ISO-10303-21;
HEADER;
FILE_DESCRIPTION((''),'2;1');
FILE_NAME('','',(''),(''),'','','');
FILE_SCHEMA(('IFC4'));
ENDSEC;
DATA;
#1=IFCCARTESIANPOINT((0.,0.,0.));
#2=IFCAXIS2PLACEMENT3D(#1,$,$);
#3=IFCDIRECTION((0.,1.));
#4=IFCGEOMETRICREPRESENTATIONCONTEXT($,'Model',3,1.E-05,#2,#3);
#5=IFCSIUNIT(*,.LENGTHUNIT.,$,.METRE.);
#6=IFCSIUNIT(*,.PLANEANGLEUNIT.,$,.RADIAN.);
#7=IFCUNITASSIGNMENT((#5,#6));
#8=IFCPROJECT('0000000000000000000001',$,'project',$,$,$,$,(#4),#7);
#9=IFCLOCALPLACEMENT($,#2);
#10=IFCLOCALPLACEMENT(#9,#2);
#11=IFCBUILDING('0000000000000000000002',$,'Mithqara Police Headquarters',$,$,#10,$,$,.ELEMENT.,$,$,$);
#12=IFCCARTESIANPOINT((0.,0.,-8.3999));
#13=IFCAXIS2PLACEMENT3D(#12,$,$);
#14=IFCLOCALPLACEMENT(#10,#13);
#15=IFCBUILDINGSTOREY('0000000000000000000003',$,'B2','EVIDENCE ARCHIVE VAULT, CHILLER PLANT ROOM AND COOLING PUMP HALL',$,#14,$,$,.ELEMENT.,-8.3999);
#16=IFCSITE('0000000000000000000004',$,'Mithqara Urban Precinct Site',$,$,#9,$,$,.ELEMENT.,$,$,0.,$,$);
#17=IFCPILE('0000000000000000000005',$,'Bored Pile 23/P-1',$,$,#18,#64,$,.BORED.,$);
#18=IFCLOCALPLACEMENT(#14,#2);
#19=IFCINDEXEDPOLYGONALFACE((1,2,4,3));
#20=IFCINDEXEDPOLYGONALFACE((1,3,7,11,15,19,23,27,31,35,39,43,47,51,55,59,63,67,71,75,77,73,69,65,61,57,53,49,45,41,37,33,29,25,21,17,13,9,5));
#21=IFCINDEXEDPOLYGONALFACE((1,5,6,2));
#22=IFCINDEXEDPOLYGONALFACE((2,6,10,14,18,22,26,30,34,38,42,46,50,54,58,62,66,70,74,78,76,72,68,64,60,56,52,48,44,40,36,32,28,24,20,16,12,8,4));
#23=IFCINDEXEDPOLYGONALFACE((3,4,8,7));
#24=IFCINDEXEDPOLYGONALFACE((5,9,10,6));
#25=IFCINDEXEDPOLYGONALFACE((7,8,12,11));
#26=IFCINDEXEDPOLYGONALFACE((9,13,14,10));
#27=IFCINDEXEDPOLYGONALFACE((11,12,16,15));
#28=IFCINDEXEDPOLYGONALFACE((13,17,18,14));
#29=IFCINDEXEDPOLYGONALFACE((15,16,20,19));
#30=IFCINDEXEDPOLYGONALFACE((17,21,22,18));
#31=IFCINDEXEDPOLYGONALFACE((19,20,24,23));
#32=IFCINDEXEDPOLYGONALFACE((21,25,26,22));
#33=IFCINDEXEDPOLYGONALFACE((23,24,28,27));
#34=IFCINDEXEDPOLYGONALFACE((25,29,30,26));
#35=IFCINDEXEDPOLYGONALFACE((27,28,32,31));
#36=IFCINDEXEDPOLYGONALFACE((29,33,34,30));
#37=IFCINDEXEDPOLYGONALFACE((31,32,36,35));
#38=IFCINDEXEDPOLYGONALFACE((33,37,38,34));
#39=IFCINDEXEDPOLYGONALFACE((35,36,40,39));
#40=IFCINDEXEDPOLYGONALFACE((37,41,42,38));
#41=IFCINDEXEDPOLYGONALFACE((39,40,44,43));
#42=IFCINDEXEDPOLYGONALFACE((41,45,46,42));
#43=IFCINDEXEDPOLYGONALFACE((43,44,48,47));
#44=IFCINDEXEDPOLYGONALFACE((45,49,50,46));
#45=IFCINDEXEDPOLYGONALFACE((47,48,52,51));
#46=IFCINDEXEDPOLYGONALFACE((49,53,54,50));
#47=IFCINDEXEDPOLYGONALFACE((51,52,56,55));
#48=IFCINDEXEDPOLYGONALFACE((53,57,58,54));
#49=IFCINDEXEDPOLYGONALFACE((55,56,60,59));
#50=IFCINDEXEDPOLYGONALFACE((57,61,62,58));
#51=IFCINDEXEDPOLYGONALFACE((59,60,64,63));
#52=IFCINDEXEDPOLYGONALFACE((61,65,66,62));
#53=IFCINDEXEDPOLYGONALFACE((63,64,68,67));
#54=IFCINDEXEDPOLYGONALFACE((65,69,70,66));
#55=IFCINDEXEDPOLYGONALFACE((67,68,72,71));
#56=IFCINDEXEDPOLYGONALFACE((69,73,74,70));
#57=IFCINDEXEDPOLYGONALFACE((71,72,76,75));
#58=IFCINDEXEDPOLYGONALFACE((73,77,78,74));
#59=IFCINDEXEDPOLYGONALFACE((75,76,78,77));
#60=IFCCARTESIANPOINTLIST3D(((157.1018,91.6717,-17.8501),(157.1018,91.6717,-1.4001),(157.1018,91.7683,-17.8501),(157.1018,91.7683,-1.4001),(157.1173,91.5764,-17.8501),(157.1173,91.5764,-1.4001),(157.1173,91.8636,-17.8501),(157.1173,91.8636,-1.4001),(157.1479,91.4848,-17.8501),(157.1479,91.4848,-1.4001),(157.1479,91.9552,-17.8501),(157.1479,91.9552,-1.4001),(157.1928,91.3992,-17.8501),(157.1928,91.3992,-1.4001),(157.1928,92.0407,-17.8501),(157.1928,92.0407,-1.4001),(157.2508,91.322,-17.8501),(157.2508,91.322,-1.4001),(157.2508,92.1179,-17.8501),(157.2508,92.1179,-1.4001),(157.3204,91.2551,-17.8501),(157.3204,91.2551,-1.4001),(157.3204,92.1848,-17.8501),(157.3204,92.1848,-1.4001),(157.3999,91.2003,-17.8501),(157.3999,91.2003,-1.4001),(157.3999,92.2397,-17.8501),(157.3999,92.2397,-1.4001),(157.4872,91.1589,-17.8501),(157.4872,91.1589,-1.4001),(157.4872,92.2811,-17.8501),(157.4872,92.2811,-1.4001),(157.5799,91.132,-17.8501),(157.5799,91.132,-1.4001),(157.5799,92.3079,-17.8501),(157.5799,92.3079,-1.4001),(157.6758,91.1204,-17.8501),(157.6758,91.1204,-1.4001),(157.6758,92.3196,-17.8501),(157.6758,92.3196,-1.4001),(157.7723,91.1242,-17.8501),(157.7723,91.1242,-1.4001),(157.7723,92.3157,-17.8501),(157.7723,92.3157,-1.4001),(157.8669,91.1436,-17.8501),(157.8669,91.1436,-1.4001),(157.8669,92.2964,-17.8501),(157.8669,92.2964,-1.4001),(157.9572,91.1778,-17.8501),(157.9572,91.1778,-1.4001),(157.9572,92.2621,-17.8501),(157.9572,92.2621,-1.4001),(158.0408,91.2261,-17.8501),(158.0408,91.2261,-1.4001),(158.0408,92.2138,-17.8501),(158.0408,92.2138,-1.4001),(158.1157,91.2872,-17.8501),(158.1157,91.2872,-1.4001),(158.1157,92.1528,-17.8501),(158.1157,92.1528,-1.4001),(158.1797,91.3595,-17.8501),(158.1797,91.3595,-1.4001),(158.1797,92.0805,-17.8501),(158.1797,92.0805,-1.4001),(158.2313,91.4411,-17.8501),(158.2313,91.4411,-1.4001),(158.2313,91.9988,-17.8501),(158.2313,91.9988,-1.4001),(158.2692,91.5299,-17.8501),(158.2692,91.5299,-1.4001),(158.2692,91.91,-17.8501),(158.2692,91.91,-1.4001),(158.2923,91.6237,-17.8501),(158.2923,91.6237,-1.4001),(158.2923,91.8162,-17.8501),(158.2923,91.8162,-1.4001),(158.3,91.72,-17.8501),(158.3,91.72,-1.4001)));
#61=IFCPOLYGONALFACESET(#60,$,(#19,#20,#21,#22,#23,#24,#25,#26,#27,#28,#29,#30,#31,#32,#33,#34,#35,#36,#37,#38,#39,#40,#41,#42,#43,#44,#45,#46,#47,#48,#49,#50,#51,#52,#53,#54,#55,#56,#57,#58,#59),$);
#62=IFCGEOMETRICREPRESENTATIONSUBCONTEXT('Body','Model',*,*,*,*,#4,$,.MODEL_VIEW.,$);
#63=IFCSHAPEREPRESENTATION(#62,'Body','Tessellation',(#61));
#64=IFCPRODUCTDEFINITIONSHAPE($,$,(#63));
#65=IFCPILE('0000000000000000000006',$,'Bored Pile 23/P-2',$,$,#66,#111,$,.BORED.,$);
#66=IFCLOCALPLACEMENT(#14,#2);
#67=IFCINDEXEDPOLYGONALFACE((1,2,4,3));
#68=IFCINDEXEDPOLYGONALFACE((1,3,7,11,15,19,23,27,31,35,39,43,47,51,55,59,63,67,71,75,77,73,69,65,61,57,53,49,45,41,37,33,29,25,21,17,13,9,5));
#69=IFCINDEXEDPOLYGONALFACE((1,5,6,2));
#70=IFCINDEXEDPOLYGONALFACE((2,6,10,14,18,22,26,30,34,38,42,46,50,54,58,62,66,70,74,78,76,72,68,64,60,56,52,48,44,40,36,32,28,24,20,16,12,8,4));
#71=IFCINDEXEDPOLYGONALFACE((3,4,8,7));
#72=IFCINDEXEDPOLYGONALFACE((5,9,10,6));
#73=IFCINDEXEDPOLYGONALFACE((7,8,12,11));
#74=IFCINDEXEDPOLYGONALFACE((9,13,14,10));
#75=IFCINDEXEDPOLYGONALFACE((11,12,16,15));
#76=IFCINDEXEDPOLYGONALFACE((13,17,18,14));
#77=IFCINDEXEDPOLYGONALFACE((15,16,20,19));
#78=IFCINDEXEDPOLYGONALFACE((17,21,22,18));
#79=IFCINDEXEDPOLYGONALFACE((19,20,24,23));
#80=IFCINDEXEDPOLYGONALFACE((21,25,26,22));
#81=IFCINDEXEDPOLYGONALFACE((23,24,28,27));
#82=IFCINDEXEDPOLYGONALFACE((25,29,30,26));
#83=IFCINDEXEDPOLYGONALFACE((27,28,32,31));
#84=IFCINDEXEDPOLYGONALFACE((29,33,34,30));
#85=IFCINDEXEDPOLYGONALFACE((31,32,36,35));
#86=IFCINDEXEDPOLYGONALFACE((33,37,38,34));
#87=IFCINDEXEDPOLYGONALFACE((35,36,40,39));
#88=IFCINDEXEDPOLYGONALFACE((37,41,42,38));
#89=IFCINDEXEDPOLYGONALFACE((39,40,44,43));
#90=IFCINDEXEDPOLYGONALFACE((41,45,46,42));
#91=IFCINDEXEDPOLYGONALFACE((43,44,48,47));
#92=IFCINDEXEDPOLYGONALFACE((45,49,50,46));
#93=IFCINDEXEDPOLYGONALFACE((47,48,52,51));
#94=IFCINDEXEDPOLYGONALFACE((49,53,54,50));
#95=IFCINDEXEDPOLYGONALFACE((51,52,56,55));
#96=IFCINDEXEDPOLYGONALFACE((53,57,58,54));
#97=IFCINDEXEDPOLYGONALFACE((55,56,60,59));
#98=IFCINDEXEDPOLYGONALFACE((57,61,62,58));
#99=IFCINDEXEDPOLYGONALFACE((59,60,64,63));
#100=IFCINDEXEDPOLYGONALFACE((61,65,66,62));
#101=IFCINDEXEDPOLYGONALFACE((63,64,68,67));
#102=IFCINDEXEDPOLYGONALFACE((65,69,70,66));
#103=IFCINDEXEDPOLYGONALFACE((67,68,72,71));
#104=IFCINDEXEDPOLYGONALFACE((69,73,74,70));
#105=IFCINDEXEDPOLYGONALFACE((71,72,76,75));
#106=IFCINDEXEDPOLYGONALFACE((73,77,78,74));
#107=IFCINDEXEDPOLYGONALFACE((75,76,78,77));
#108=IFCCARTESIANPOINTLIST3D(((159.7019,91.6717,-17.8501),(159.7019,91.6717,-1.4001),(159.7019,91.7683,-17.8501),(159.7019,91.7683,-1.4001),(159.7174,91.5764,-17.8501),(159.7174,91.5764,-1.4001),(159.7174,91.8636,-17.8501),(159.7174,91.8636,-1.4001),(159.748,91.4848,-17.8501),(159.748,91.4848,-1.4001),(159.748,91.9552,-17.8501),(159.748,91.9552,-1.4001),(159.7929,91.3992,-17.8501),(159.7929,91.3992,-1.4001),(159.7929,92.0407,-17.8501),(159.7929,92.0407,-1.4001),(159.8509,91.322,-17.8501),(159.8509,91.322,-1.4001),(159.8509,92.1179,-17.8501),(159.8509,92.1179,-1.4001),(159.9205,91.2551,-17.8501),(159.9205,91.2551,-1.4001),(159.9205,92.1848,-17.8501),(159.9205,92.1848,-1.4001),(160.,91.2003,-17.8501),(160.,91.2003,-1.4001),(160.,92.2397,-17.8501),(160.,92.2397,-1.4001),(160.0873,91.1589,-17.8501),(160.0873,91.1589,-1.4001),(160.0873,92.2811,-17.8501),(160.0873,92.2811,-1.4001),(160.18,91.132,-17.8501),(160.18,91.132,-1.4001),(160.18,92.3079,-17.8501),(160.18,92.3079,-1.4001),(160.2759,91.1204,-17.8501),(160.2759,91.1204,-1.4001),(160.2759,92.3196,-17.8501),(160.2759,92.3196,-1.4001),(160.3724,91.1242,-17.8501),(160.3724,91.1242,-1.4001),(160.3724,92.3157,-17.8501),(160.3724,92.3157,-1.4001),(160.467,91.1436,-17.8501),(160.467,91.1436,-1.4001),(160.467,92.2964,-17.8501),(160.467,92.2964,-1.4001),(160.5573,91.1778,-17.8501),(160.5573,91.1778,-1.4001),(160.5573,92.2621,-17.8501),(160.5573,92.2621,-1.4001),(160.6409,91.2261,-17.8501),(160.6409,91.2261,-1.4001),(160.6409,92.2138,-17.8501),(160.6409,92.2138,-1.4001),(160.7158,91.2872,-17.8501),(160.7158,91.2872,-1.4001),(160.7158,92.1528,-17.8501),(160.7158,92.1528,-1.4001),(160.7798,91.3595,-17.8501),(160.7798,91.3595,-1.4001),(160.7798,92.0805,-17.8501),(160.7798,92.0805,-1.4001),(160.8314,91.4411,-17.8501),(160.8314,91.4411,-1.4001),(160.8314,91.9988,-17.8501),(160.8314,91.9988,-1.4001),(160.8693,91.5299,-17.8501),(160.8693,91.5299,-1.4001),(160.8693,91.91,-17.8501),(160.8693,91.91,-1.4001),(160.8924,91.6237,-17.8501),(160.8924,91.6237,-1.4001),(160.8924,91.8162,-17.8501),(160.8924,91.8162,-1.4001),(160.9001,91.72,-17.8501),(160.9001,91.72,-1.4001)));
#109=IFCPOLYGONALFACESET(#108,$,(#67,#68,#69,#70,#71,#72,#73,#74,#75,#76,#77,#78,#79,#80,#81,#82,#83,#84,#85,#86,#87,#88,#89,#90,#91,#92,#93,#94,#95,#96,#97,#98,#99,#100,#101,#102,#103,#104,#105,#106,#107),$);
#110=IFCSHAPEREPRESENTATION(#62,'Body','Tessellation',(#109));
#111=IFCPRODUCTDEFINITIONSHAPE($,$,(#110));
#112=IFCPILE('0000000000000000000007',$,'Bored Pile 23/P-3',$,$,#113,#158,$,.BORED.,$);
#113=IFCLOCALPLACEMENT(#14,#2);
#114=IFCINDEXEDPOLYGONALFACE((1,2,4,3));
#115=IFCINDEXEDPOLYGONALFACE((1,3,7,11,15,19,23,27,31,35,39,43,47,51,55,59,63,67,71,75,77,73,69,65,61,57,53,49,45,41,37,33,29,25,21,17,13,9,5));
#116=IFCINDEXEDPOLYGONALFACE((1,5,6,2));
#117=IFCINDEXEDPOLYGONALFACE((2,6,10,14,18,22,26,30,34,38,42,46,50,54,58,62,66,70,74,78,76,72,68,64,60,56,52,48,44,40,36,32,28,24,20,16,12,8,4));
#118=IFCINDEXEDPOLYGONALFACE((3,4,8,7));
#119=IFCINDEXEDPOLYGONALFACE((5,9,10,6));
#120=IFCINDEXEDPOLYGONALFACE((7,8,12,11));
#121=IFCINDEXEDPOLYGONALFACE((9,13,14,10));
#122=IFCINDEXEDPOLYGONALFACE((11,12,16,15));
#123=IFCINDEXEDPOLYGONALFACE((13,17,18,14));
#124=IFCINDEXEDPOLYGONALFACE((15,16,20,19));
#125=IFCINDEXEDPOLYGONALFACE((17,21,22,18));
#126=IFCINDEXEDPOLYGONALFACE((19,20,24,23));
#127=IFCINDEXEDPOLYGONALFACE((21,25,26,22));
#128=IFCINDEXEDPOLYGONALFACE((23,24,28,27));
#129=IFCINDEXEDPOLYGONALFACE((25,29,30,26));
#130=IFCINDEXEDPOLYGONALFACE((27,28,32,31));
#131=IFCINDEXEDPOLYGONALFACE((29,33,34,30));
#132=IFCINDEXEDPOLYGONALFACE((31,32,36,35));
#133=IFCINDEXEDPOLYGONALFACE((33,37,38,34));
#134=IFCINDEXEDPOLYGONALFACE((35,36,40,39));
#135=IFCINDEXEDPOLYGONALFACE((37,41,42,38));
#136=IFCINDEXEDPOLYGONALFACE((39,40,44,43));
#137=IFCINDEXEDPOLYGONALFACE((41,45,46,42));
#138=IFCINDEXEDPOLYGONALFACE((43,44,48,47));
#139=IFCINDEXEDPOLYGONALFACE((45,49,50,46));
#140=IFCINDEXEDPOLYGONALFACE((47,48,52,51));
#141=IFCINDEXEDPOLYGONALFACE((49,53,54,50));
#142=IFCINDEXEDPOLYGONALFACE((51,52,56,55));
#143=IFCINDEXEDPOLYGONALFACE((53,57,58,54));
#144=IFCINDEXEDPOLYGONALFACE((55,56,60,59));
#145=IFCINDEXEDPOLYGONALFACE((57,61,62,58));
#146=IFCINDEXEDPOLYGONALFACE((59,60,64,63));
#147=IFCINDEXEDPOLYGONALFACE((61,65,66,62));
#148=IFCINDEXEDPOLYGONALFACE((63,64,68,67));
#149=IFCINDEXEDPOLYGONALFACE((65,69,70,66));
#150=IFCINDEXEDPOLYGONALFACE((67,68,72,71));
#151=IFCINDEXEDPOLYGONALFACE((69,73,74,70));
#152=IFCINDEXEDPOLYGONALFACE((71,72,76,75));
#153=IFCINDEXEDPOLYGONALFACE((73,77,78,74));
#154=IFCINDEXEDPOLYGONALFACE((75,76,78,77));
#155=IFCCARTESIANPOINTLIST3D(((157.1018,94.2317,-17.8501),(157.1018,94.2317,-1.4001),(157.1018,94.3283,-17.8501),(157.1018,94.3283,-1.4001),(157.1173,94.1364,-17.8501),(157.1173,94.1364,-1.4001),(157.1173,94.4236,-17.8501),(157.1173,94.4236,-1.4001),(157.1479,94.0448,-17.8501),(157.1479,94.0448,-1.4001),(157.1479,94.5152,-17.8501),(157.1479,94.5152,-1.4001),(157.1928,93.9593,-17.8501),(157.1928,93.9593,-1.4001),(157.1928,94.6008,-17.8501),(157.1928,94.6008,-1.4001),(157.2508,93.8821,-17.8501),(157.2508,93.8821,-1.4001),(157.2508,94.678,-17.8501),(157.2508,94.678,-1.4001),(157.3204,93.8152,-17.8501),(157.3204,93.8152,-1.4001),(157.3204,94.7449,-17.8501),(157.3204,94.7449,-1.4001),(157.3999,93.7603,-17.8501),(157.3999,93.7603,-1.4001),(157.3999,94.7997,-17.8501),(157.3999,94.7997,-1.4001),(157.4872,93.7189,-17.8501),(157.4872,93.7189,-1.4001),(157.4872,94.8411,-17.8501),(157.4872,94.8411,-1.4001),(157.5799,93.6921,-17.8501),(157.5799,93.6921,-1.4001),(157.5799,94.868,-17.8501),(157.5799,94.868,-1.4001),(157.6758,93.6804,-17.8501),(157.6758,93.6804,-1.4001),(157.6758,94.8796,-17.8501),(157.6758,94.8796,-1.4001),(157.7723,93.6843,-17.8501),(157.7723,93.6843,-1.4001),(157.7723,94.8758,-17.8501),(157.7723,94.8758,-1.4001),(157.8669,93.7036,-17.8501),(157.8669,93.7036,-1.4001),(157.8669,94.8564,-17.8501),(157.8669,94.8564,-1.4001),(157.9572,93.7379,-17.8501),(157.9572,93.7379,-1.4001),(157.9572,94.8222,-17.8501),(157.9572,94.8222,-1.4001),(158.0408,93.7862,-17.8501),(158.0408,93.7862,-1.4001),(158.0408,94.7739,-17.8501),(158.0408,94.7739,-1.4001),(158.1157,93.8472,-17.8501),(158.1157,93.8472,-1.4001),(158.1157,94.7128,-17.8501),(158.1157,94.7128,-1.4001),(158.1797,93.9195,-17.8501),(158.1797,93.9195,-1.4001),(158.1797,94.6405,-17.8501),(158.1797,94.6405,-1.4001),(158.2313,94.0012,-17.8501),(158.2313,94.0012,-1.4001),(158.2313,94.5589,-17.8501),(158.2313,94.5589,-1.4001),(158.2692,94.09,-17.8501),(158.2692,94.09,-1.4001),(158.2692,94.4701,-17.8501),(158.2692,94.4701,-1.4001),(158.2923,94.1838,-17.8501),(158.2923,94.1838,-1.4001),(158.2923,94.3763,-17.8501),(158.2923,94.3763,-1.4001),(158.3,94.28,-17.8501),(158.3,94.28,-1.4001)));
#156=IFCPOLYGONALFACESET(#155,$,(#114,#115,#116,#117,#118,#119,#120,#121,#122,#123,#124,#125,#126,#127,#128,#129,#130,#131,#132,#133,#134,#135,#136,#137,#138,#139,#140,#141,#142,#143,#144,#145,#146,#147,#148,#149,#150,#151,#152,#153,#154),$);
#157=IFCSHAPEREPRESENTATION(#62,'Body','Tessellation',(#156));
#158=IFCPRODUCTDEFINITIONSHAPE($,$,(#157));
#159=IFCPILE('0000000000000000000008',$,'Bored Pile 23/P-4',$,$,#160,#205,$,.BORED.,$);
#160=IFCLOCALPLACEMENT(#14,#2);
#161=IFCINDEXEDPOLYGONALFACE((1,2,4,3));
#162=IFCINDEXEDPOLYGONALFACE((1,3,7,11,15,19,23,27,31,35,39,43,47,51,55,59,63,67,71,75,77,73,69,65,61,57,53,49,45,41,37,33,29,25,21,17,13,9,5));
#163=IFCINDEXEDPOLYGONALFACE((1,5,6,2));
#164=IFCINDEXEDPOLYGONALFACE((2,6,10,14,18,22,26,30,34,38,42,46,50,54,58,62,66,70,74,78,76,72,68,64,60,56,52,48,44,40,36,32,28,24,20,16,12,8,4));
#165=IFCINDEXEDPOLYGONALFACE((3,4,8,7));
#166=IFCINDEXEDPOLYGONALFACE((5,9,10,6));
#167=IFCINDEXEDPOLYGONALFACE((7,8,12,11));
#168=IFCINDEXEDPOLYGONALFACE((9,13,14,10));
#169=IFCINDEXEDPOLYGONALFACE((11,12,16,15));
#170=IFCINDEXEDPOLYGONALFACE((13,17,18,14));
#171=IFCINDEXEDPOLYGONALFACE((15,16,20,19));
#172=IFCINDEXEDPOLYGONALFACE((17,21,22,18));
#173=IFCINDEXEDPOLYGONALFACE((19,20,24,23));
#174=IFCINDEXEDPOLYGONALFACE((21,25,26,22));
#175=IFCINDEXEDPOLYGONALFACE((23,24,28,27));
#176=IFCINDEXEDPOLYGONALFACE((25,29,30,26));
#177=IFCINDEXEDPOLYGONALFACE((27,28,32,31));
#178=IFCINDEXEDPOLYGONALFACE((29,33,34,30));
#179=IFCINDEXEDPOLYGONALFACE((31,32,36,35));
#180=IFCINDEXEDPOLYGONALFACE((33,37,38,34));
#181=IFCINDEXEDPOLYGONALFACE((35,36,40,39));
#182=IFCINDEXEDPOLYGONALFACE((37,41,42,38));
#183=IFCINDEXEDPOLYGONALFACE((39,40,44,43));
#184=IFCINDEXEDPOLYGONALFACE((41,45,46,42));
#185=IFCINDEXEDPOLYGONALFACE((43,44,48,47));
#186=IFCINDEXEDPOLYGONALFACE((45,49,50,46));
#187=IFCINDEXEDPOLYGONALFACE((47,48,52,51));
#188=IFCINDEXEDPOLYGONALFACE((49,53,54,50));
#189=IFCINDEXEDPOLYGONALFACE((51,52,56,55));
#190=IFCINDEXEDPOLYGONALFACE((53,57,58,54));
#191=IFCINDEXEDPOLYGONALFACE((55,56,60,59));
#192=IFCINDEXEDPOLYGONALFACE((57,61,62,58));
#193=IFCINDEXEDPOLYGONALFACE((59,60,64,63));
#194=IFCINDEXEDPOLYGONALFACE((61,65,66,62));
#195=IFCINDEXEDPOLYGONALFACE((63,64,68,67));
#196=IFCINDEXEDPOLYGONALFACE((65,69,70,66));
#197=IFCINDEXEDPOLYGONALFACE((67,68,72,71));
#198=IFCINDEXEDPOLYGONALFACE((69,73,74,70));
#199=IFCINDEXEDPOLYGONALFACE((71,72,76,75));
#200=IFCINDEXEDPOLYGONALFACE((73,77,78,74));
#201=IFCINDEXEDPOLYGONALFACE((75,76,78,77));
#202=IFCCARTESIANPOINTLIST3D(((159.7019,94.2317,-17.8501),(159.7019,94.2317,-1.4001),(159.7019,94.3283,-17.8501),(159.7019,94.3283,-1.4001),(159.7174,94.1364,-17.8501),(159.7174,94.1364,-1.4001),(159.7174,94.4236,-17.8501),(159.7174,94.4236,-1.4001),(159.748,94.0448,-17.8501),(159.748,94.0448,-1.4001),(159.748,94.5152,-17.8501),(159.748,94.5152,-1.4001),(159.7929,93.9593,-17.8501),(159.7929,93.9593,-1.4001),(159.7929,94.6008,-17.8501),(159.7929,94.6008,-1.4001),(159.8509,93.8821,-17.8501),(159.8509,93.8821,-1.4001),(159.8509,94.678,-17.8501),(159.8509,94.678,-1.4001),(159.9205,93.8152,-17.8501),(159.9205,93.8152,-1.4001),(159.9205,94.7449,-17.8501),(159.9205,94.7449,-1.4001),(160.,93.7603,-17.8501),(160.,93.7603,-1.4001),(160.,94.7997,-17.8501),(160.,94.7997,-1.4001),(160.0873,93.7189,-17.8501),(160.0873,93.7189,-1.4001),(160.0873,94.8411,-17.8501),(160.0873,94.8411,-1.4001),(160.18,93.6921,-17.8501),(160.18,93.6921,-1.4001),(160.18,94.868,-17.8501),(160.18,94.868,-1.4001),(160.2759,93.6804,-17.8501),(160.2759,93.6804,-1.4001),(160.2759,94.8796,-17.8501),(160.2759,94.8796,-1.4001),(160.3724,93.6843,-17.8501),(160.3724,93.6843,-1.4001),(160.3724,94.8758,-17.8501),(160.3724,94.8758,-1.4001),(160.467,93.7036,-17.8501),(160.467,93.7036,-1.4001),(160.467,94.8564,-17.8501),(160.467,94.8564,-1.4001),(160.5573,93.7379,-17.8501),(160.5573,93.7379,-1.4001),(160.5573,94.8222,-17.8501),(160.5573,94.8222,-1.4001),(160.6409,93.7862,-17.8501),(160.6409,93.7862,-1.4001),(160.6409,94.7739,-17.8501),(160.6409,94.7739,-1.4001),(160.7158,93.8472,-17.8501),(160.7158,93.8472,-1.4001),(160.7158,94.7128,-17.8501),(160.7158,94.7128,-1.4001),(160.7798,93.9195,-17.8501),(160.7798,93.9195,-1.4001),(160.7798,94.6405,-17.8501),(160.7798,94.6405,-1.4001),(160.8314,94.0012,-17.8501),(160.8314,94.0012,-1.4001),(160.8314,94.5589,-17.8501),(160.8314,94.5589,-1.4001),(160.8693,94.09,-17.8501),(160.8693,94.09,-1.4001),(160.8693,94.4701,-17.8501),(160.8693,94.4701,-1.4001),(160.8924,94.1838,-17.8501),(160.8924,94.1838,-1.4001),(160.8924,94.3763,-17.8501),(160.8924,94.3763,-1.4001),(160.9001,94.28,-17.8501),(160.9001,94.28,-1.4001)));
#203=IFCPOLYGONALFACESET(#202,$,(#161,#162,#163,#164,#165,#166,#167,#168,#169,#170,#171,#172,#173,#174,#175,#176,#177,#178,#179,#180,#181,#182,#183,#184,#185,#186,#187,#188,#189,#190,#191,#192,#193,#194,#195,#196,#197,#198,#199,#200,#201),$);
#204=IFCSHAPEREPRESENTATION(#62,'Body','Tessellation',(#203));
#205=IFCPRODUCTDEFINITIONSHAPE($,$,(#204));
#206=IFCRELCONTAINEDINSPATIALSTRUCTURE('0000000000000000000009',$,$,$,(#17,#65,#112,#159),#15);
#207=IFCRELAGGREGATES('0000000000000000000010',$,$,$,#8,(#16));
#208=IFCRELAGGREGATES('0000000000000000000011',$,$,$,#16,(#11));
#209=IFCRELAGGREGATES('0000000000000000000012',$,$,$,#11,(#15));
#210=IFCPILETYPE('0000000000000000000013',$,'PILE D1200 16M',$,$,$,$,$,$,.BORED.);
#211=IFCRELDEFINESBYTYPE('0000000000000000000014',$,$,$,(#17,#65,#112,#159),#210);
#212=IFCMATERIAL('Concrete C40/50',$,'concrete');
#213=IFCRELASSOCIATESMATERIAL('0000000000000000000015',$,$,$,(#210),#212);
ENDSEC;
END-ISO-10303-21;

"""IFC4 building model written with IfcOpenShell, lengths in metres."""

from ifc_helpers import new_model, si_unit, direction, frame, origin, origin_2d, place, context, subcontext, project, spatial, circle, extrude, material, material_profile, profile_set, type_object, element, save


model = new_model("IFC4")

# Units and contexts
model_context = context("Model", 3, precision=1e-05, world=origin(), true_north=direction((0.0, 1.0)))
body_context = subcontext(model_context, "Body", "Model", "MODEL_VIEW")
ifc_project = project(units=[si_unit("LENGTHUNIT", "METRE"), si_unit("PLANEANGLEUNIT", "RADIAN")], contexts=[model_context])

# Site, building, storey
site_placement = place(None, origin())
site = spatial("IfcSite", under=ifc_project, at=site_placement, Name="Mithqara Urban Precinct Site", CompositionType="ELEMENT", RefElevation=0.0)
building_placement = place(site_placement, origin())
building = spatial("IfcBuilding", under=site, at=building_placement, Name="Mithqara Police Headquarters", CompositionType="ELEMENT")
storey_placement = place(building_placement, frame((0.0, 0.0, -8.3999)))
storey = spatial("IfcBuildingStorey", under=building, at=storey_placement, Name="B2", Description="EVIDENCE ARCHIVE VAULT, CHILLER PLANT ROOM AND COOLING PUMP HALL", CompositionType="ELEMENT", Elevation=-8.3999)

# Shared definitions
ifc_material_1 = material(Name="Concrete C40/50", Category="concrete")

# Piles
ifc_material_profile_1 = material_profile(ifc_material_1, circle(Radius=0.6001, at=origin_2d()), Name="PILE D1200")
ifc_profile_set_1 = profile_set([ifc_material_profile_1], Name="Concrete C40/50")
pile_type = type_object("IfcPileType", Name="PILE D1200 16M", PredefinedType="BORED", material=ifc_profile_set_1)
for number, where, z_axis, x_axis, name in (
    (1, (157.7, 91.72, -1.4001), (0.0, 0.0, -1.0), (1.0, 0.0, 0.0), "Bored Pile 23/P-1"),
    (2, (160.3, 91.72, -1.4001), (0.0, 0.0, -1.0), (1.0, 0.0, 0.0), "Bored Pile 23/P-2"),
    (3, (157.7, 94.28, -1.4001), (0.0, 0.0, -1.0), (1.0, 0.0, 0.0), "Bored Pile 23/P-3"),
    (4, (160.3, 94.28, -1.4001), (0.0, 0.0, -1.0), (1.0, 0.0, 0.0), "Bored Pile 23/P-4"),
):
    element("IfcPile", number, at=place(storey_placement, frame(where, z_axis=z_axis, x_axis=x_axis)), inside=storey, type_object=pile_type, Name=name, PredefinedType="BORED", context=body_context, shape_type="SweptSolid", body=[
        extrude(circle(Radius=0.6001, at=origin_2d()), origin(), (0.0, 0.0, 1.0), 16.45),
    ])

save(model, "model.ifc")
